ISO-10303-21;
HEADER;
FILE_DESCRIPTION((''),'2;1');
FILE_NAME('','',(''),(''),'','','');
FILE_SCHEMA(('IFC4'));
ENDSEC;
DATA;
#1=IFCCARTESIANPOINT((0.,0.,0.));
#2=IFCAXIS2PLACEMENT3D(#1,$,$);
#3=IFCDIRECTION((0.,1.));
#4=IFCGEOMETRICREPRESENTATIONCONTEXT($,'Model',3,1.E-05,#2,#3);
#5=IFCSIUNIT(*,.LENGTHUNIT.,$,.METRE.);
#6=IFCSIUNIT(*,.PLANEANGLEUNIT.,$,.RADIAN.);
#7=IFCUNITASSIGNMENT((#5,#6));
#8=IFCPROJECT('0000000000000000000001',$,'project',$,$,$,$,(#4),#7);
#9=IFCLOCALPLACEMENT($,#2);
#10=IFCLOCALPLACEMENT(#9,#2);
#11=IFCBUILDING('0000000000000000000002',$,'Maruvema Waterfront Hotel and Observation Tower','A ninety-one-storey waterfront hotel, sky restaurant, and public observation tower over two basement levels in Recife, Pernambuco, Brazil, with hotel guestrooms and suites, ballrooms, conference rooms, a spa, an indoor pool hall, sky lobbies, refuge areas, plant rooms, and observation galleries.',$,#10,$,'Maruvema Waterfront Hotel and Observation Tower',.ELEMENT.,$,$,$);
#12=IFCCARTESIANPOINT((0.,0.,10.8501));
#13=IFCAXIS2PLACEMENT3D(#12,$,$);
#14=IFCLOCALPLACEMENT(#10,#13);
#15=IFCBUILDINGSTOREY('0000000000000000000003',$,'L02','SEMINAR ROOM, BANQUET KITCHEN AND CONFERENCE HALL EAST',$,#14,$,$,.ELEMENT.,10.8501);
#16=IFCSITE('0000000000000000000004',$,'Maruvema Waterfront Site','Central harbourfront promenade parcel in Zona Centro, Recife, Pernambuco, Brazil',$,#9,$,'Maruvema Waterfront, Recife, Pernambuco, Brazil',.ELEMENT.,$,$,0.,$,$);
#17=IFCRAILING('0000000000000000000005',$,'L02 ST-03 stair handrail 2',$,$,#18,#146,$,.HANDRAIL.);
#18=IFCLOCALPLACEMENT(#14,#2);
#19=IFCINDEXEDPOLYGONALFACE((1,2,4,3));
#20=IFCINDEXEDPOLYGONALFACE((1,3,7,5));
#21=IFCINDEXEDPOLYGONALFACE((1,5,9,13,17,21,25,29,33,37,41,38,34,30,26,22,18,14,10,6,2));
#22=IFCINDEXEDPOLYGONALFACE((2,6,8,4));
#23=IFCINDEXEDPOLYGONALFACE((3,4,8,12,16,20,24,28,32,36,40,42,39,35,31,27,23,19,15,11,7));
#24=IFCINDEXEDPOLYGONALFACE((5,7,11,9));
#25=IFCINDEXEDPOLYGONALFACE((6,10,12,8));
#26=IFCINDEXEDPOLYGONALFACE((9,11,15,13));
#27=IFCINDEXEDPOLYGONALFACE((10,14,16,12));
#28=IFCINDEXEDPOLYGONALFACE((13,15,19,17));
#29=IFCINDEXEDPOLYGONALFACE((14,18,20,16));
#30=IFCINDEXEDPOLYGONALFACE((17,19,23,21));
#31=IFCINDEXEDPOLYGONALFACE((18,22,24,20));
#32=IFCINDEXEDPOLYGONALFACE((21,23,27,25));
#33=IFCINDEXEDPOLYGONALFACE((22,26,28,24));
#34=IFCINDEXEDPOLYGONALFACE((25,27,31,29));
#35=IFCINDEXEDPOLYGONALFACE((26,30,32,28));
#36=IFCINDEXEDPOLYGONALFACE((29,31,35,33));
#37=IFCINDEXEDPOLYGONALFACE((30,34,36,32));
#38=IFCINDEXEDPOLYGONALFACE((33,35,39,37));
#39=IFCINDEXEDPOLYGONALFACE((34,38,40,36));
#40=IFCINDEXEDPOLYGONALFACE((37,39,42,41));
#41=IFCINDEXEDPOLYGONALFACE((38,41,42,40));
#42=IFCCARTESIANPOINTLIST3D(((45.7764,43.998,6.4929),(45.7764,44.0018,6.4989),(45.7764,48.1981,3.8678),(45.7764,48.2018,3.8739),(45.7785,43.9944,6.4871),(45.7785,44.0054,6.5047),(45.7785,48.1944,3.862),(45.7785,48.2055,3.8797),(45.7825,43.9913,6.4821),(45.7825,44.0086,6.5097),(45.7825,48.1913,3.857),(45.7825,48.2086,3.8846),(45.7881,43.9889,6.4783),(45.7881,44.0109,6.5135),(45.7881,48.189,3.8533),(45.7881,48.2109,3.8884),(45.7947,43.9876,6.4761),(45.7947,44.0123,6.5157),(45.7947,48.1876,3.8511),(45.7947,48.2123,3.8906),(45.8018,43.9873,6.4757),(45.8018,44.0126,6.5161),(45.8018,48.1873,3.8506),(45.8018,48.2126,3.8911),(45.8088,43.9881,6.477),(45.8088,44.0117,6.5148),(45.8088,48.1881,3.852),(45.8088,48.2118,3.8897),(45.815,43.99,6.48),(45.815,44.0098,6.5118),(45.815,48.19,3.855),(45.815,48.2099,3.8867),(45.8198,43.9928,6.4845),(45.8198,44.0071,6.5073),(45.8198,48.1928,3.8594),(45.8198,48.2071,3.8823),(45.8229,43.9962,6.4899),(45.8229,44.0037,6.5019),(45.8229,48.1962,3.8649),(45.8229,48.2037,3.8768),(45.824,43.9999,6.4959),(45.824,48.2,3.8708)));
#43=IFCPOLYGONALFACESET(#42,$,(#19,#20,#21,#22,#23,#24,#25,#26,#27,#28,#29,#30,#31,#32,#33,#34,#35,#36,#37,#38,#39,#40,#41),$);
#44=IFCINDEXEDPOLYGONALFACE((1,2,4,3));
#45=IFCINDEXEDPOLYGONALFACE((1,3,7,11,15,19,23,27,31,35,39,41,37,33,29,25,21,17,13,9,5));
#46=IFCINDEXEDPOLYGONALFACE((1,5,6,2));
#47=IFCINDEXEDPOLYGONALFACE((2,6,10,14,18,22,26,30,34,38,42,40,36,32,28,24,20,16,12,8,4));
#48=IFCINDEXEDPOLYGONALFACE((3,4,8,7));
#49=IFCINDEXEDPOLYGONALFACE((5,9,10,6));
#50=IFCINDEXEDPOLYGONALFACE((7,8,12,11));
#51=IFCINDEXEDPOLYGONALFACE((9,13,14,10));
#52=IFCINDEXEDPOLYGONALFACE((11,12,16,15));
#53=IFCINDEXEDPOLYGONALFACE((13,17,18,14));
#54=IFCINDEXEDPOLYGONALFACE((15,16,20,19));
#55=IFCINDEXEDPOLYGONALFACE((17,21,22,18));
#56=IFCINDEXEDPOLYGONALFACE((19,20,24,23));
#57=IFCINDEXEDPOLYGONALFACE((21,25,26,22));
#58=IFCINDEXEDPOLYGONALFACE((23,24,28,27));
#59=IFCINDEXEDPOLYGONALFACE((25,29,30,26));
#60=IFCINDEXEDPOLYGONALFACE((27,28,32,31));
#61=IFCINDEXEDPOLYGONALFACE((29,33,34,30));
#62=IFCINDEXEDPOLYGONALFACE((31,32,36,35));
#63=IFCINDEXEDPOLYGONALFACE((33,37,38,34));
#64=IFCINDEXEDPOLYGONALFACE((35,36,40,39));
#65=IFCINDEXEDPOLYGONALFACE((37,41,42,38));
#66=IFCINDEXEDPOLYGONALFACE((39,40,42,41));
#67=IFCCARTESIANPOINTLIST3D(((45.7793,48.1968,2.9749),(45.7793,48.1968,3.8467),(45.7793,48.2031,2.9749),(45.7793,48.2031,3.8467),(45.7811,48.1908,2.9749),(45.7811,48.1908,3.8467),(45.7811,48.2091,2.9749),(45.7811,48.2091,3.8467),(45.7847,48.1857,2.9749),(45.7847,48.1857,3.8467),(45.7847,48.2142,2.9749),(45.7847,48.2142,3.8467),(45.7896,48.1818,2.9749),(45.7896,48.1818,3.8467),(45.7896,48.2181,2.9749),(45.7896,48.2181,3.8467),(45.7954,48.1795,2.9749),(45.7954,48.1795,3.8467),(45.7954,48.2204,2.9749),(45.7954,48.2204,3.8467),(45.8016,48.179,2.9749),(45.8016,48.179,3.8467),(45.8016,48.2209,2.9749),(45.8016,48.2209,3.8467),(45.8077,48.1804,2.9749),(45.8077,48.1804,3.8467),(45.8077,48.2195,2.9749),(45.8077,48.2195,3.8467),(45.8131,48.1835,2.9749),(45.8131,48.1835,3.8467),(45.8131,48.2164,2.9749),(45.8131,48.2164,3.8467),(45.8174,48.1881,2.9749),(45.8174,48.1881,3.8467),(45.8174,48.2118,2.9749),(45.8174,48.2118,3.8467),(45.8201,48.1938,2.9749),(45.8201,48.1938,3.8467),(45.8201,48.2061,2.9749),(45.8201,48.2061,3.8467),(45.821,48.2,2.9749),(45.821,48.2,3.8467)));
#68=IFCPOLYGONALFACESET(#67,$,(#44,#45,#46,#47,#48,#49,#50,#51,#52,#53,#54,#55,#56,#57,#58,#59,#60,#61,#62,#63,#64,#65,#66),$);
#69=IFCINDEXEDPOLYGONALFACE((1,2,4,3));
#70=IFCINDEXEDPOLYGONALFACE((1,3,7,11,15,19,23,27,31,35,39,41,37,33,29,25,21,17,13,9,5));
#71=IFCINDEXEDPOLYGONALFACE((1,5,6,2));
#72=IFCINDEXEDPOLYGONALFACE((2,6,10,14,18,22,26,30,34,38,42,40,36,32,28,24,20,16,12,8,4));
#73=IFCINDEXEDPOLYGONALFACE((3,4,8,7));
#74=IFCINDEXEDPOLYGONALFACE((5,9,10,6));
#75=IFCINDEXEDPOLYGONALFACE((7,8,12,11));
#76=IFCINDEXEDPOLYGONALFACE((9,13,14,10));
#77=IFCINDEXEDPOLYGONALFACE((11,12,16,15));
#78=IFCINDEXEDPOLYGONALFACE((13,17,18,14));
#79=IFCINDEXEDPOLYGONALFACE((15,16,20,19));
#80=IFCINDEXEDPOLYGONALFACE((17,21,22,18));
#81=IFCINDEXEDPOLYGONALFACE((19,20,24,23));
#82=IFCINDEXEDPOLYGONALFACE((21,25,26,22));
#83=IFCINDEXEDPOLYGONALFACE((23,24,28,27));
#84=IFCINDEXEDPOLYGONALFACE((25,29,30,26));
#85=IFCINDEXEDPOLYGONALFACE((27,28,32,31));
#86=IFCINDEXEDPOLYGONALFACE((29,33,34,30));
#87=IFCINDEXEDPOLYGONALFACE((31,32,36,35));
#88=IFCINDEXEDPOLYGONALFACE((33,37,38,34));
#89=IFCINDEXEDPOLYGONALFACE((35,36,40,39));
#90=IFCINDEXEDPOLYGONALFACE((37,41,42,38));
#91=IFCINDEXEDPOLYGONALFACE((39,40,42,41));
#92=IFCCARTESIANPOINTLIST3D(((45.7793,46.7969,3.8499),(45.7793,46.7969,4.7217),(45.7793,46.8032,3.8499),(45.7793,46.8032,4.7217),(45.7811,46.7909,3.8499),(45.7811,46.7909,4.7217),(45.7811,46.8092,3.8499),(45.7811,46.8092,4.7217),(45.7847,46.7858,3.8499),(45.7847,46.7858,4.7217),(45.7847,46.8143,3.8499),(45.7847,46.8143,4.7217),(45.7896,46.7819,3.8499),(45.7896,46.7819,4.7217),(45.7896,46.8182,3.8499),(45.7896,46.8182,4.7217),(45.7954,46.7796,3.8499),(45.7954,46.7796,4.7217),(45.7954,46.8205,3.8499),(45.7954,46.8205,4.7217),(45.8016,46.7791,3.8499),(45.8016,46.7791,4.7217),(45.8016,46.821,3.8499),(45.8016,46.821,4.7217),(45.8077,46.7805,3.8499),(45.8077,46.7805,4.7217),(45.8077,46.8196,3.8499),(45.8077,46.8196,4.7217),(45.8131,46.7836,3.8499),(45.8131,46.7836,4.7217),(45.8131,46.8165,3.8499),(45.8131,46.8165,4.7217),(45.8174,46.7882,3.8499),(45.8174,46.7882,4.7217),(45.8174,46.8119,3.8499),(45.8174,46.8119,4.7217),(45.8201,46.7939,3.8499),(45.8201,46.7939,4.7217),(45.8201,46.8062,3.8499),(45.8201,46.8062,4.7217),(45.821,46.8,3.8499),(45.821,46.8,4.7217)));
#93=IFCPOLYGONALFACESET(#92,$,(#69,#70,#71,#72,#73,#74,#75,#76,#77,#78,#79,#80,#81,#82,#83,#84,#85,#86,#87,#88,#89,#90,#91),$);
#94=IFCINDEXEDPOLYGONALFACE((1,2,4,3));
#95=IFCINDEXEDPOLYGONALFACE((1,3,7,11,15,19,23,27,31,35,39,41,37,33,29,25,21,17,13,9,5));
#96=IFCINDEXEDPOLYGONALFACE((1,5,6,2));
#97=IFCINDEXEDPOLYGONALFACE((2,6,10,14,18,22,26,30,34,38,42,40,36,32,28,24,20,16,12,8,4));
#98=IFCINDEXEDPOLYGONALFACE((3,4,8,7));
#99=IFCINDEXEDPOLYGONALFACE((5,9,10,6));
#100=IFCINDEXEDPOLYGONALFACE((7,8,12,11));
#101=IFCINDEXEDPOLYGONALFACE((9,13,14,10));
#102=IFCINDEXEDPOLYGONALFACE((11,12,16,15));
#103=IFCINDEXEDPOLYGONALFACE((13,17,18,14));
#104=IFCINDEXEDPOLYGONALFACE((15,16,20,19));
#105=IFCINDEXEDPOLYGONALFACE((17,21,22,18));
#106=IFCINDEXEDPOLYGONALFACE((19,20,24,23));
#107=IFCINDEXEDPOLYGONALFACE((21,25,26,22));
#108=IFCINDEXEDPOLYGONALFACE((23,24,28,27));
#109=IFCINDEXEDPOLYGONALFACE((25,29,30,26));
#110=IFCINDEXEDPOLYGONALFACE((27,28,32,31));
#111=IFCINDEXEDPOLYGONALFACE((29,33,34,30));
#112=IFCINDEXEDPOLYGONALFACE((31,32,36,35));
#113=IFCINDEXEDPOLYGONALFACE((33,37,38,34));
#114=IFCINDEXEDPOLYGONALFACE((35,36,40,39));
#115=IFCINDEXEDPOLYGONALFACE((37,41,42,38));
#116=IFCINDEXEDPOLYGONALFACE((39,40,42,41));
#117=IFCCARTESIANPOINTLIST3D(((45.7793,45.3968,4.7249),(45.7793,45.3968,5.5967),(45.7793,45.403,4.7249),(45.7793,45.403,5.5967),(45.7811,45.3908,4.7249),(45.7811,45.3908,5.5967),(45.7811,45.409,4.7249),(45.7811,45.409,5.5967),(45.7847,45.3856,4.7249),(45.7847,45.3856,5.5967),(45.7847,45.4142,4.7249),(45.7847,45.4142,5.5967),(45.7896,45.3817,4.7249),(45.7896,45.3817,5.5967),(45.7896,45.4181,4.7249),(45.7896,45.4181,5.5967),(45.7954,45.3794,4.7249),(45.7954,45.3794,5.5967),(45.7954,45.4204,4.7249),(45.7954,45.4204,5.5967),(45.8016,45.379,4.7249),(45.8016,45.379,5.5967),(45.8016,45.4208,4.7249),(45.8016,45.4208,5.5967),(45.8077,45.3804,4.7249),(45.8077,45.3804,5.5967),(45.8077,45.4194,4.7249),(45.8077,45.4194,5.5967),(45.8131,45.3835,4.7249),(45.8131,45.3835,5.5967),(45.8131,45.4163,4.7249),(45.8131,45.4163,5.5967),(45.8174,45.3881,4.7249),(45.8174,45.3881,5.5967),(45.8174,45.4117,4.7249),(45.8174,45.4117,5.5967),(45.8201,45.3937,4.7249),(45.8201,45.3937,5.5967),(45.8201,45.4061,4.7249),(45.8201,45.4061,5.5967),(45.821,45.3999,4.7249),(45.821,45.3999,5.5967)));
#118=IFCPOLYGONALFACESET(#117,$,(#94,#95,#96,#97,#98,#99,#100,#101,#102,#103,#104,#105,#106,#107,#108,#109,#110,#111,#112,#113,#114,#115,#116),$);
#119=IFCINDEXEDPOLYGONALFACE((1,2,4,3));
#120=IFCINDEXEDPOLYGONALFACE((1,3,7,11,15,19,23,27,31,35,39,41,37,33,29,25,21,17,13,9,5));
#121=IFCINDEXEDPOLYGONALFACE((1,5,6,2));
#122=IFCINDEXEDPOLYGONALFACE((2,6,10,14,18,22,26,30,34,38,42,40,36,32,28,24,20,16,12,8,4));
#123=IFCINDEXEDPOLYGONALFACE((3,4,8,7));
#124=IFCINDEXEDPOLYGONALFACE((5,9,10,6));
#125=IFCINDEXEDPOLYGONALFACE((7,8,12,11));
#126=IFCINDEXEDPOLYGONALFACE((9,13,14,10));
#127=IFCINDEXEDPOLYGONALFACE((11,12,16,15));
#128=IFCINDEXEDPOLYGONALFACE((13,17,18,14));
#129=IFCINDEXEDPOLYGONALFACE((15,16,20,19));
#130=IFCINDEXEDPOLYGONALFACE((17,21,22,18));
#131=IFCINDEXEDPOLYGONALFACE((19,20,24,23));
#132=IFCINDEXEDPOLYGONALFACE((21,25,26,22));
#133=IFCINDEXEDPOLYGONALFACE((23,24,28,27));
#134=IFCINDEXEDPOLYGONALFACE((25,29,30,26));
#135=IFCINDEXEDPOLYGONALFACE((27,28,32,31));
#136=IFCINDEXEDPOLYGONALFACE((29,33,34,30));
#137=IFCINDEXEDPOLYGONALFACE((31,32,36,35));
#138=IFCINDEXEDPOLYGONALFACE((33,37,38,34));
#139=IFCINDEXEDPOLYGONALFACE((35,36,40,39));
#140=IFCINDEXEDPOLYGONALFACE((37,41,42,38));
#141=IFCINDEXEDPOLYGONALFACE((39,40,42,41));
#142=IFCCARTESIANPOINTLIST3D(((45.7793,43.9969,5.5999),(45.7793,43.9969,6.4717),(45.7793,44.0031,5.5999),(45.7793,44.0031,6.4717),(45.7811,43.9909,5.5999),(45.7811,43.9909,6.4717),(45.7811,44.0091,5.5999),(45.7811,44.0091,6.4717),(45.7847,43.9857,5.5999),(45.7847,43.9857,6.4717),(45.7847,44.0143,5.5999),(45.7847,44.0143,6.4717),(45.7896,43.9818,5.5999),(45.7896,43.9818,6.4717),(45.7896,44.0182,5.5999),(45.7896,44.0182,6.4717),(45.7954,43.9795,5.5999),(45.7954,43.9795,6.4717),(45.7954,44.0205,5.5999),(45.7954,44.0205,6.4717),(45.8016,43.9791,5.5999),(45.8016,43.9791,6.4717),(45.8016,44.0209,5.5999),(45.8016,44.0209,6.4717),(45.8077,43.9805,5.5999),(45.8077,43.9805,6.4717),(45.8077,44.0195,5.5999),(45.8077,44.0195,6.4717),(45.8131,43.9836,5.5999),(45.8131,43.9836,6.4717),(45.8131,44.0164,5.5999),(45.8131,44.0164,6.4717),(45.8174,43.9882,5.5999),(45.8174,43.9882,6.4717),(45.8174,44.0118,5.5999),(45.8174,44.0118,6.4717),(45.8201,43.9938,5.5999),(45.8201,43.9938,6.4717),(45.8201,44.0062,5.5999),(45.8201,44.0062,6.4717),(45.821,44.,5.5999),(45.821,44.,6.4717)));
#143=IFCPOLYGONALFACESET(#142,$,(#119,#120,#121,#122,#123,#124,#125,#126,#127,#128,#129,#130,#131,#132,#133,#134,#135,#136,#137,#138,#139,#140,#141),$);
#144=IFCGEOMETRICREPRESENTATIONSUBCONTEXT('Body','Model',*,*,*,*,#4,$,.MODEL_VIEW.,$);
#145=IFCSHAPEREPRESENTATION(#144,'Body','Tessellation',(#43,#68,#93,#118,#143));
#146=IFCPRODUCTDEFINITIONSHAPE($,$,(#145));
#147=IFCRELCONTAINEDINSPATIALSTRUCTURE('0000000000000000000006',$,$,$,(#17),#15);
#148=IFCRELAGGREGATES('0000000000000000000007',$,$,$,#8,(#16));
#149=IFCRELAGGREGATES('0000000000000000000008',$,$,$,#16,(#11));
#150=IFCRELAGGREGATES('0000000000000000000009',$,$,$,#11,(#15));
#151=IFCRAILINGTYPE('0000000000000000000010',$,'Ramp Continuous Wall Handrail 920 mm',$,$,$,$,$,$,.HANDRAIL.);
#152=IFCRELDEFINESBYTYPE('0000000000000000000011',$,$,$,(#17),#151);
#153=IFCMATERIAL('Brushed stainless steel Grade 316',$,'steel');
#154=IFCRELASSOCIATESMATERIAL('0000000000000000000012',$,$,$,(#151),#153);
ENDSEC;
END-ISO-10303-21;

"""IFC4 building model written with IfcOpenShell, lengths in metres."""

from ifc_helpers import new_model, si_unit, direction, frame, origin, origin_2d, place, context, subcontext, project, spatial, circle, extrude, material, type_object, element, save


model = new_model("IFC4")

# Units and contexts
model_context = context("Model", 3, precision=1e-05, world=origin(), true_north=direction((0.0, 1.0)))
body_context = subcontext(model_context, "Body", "Model", "MODEL_VIEW")
ifc_project = project(units=[si_unit("LENGTHUNIT", "METRE"), si_unit("PLANEANGLEUNIT", "RADIAN")], contexts=[model_context])

# Site, building, storey
site_placement = place(None, origin())
site = spatial("IfcSite", under=ifc_project, at=site_placement, Name="Maruvema Waterfront Site", Description="Central harbourfront promenade parcel in Zona Centro, Recife, Pernambuco, Brazil", LongName="Maruvema Waterfront, Recife, Pernambuco, Brazil", CompositionType="ELEMENT", RefElevation=0.0)
building_placement = place(site_placement, origin())
building = spatial("IfcBuilding", under=site, at=building_placement, Name="Maruvema Waterfront Hotel and Observation Tower", Description="A ninety-one-storey waterfront hotel, sky restaurant, and public observation tower over two basement levels in Recife, Pernambuco, Brazil, with hotel guestrooms and suites, ballrooms, conference rooms, a spa, an indoor pool hall, sky lobbies, refuge areas, plant rooms, and observation galleries.", LongName="Maruvema Waterfront Hotel and Observation Tower", CompositionType="ELEMENT")
storey_placement = place(building_placement, frame((0.0, 0.0, 10.8501)))
storey = spatial("IfcBuildingStorey", under=building, at=storey_placement, Name="L02", Description="SEMINAR ROOM, BANQUET KITCHEN AND CONFERENCE HALL EAST", CompositionType="ELEMENT", Elevation=10.8501)

# Railing
ifc_material_1 = material(Name="Brushed stainless steel Grade 316", Category="steel")
railing_type_1 = type_object("IfcRailingType", Name="Ramp Continuous Wall Handrail 920 mm", PredefinedType="HANDRAIL", material=ifc_material_1)
railing_1_placement = place(storey_placement, frame((45.8, 48.2, 2.9749)))
element("IfcRailing", 1, at=railing_1_placement, inside=storey, type_object=railing_type_1, Name="L02 ST-03 stair handrail 2", PredefinedType="HANDRAIL", context=body_context, shape_type="SweptSolid", body=[
    extrude(circle(Radius=0.0239, at=origin_2d()), frame((0.0, 0.0, 0.896), z_axis=(0.0, -0.847996, 0.530003), x_axis=(1.0, 0.0, 0.0)), (0.0, 0.0, 1.0), 4.9529),
    extrude(circle(Radius=0.021, at=origin_2d()), origin(), (0.0, 0.0, 1.0), 0.8718),
    extrude(circle(Radius=0.021, at=origin_2d()), frame((0.0, -1.3999, 0.875)), (0.0, 0.0, 1.0), 0.8718),
    extrude(circle(Radius=0.021, at=origin_2d()), frame((0.0, -2.8, 1.75)), (0.0, 0.0, 1.0), 0.8718),
    extrude(circle(Radius=0.021, at=origin_2d()), frame((0.0, -4.2, 2.625)), (0.0, 0.0, 1.0), 0.8718),
])

save(model, "model.ifc")
